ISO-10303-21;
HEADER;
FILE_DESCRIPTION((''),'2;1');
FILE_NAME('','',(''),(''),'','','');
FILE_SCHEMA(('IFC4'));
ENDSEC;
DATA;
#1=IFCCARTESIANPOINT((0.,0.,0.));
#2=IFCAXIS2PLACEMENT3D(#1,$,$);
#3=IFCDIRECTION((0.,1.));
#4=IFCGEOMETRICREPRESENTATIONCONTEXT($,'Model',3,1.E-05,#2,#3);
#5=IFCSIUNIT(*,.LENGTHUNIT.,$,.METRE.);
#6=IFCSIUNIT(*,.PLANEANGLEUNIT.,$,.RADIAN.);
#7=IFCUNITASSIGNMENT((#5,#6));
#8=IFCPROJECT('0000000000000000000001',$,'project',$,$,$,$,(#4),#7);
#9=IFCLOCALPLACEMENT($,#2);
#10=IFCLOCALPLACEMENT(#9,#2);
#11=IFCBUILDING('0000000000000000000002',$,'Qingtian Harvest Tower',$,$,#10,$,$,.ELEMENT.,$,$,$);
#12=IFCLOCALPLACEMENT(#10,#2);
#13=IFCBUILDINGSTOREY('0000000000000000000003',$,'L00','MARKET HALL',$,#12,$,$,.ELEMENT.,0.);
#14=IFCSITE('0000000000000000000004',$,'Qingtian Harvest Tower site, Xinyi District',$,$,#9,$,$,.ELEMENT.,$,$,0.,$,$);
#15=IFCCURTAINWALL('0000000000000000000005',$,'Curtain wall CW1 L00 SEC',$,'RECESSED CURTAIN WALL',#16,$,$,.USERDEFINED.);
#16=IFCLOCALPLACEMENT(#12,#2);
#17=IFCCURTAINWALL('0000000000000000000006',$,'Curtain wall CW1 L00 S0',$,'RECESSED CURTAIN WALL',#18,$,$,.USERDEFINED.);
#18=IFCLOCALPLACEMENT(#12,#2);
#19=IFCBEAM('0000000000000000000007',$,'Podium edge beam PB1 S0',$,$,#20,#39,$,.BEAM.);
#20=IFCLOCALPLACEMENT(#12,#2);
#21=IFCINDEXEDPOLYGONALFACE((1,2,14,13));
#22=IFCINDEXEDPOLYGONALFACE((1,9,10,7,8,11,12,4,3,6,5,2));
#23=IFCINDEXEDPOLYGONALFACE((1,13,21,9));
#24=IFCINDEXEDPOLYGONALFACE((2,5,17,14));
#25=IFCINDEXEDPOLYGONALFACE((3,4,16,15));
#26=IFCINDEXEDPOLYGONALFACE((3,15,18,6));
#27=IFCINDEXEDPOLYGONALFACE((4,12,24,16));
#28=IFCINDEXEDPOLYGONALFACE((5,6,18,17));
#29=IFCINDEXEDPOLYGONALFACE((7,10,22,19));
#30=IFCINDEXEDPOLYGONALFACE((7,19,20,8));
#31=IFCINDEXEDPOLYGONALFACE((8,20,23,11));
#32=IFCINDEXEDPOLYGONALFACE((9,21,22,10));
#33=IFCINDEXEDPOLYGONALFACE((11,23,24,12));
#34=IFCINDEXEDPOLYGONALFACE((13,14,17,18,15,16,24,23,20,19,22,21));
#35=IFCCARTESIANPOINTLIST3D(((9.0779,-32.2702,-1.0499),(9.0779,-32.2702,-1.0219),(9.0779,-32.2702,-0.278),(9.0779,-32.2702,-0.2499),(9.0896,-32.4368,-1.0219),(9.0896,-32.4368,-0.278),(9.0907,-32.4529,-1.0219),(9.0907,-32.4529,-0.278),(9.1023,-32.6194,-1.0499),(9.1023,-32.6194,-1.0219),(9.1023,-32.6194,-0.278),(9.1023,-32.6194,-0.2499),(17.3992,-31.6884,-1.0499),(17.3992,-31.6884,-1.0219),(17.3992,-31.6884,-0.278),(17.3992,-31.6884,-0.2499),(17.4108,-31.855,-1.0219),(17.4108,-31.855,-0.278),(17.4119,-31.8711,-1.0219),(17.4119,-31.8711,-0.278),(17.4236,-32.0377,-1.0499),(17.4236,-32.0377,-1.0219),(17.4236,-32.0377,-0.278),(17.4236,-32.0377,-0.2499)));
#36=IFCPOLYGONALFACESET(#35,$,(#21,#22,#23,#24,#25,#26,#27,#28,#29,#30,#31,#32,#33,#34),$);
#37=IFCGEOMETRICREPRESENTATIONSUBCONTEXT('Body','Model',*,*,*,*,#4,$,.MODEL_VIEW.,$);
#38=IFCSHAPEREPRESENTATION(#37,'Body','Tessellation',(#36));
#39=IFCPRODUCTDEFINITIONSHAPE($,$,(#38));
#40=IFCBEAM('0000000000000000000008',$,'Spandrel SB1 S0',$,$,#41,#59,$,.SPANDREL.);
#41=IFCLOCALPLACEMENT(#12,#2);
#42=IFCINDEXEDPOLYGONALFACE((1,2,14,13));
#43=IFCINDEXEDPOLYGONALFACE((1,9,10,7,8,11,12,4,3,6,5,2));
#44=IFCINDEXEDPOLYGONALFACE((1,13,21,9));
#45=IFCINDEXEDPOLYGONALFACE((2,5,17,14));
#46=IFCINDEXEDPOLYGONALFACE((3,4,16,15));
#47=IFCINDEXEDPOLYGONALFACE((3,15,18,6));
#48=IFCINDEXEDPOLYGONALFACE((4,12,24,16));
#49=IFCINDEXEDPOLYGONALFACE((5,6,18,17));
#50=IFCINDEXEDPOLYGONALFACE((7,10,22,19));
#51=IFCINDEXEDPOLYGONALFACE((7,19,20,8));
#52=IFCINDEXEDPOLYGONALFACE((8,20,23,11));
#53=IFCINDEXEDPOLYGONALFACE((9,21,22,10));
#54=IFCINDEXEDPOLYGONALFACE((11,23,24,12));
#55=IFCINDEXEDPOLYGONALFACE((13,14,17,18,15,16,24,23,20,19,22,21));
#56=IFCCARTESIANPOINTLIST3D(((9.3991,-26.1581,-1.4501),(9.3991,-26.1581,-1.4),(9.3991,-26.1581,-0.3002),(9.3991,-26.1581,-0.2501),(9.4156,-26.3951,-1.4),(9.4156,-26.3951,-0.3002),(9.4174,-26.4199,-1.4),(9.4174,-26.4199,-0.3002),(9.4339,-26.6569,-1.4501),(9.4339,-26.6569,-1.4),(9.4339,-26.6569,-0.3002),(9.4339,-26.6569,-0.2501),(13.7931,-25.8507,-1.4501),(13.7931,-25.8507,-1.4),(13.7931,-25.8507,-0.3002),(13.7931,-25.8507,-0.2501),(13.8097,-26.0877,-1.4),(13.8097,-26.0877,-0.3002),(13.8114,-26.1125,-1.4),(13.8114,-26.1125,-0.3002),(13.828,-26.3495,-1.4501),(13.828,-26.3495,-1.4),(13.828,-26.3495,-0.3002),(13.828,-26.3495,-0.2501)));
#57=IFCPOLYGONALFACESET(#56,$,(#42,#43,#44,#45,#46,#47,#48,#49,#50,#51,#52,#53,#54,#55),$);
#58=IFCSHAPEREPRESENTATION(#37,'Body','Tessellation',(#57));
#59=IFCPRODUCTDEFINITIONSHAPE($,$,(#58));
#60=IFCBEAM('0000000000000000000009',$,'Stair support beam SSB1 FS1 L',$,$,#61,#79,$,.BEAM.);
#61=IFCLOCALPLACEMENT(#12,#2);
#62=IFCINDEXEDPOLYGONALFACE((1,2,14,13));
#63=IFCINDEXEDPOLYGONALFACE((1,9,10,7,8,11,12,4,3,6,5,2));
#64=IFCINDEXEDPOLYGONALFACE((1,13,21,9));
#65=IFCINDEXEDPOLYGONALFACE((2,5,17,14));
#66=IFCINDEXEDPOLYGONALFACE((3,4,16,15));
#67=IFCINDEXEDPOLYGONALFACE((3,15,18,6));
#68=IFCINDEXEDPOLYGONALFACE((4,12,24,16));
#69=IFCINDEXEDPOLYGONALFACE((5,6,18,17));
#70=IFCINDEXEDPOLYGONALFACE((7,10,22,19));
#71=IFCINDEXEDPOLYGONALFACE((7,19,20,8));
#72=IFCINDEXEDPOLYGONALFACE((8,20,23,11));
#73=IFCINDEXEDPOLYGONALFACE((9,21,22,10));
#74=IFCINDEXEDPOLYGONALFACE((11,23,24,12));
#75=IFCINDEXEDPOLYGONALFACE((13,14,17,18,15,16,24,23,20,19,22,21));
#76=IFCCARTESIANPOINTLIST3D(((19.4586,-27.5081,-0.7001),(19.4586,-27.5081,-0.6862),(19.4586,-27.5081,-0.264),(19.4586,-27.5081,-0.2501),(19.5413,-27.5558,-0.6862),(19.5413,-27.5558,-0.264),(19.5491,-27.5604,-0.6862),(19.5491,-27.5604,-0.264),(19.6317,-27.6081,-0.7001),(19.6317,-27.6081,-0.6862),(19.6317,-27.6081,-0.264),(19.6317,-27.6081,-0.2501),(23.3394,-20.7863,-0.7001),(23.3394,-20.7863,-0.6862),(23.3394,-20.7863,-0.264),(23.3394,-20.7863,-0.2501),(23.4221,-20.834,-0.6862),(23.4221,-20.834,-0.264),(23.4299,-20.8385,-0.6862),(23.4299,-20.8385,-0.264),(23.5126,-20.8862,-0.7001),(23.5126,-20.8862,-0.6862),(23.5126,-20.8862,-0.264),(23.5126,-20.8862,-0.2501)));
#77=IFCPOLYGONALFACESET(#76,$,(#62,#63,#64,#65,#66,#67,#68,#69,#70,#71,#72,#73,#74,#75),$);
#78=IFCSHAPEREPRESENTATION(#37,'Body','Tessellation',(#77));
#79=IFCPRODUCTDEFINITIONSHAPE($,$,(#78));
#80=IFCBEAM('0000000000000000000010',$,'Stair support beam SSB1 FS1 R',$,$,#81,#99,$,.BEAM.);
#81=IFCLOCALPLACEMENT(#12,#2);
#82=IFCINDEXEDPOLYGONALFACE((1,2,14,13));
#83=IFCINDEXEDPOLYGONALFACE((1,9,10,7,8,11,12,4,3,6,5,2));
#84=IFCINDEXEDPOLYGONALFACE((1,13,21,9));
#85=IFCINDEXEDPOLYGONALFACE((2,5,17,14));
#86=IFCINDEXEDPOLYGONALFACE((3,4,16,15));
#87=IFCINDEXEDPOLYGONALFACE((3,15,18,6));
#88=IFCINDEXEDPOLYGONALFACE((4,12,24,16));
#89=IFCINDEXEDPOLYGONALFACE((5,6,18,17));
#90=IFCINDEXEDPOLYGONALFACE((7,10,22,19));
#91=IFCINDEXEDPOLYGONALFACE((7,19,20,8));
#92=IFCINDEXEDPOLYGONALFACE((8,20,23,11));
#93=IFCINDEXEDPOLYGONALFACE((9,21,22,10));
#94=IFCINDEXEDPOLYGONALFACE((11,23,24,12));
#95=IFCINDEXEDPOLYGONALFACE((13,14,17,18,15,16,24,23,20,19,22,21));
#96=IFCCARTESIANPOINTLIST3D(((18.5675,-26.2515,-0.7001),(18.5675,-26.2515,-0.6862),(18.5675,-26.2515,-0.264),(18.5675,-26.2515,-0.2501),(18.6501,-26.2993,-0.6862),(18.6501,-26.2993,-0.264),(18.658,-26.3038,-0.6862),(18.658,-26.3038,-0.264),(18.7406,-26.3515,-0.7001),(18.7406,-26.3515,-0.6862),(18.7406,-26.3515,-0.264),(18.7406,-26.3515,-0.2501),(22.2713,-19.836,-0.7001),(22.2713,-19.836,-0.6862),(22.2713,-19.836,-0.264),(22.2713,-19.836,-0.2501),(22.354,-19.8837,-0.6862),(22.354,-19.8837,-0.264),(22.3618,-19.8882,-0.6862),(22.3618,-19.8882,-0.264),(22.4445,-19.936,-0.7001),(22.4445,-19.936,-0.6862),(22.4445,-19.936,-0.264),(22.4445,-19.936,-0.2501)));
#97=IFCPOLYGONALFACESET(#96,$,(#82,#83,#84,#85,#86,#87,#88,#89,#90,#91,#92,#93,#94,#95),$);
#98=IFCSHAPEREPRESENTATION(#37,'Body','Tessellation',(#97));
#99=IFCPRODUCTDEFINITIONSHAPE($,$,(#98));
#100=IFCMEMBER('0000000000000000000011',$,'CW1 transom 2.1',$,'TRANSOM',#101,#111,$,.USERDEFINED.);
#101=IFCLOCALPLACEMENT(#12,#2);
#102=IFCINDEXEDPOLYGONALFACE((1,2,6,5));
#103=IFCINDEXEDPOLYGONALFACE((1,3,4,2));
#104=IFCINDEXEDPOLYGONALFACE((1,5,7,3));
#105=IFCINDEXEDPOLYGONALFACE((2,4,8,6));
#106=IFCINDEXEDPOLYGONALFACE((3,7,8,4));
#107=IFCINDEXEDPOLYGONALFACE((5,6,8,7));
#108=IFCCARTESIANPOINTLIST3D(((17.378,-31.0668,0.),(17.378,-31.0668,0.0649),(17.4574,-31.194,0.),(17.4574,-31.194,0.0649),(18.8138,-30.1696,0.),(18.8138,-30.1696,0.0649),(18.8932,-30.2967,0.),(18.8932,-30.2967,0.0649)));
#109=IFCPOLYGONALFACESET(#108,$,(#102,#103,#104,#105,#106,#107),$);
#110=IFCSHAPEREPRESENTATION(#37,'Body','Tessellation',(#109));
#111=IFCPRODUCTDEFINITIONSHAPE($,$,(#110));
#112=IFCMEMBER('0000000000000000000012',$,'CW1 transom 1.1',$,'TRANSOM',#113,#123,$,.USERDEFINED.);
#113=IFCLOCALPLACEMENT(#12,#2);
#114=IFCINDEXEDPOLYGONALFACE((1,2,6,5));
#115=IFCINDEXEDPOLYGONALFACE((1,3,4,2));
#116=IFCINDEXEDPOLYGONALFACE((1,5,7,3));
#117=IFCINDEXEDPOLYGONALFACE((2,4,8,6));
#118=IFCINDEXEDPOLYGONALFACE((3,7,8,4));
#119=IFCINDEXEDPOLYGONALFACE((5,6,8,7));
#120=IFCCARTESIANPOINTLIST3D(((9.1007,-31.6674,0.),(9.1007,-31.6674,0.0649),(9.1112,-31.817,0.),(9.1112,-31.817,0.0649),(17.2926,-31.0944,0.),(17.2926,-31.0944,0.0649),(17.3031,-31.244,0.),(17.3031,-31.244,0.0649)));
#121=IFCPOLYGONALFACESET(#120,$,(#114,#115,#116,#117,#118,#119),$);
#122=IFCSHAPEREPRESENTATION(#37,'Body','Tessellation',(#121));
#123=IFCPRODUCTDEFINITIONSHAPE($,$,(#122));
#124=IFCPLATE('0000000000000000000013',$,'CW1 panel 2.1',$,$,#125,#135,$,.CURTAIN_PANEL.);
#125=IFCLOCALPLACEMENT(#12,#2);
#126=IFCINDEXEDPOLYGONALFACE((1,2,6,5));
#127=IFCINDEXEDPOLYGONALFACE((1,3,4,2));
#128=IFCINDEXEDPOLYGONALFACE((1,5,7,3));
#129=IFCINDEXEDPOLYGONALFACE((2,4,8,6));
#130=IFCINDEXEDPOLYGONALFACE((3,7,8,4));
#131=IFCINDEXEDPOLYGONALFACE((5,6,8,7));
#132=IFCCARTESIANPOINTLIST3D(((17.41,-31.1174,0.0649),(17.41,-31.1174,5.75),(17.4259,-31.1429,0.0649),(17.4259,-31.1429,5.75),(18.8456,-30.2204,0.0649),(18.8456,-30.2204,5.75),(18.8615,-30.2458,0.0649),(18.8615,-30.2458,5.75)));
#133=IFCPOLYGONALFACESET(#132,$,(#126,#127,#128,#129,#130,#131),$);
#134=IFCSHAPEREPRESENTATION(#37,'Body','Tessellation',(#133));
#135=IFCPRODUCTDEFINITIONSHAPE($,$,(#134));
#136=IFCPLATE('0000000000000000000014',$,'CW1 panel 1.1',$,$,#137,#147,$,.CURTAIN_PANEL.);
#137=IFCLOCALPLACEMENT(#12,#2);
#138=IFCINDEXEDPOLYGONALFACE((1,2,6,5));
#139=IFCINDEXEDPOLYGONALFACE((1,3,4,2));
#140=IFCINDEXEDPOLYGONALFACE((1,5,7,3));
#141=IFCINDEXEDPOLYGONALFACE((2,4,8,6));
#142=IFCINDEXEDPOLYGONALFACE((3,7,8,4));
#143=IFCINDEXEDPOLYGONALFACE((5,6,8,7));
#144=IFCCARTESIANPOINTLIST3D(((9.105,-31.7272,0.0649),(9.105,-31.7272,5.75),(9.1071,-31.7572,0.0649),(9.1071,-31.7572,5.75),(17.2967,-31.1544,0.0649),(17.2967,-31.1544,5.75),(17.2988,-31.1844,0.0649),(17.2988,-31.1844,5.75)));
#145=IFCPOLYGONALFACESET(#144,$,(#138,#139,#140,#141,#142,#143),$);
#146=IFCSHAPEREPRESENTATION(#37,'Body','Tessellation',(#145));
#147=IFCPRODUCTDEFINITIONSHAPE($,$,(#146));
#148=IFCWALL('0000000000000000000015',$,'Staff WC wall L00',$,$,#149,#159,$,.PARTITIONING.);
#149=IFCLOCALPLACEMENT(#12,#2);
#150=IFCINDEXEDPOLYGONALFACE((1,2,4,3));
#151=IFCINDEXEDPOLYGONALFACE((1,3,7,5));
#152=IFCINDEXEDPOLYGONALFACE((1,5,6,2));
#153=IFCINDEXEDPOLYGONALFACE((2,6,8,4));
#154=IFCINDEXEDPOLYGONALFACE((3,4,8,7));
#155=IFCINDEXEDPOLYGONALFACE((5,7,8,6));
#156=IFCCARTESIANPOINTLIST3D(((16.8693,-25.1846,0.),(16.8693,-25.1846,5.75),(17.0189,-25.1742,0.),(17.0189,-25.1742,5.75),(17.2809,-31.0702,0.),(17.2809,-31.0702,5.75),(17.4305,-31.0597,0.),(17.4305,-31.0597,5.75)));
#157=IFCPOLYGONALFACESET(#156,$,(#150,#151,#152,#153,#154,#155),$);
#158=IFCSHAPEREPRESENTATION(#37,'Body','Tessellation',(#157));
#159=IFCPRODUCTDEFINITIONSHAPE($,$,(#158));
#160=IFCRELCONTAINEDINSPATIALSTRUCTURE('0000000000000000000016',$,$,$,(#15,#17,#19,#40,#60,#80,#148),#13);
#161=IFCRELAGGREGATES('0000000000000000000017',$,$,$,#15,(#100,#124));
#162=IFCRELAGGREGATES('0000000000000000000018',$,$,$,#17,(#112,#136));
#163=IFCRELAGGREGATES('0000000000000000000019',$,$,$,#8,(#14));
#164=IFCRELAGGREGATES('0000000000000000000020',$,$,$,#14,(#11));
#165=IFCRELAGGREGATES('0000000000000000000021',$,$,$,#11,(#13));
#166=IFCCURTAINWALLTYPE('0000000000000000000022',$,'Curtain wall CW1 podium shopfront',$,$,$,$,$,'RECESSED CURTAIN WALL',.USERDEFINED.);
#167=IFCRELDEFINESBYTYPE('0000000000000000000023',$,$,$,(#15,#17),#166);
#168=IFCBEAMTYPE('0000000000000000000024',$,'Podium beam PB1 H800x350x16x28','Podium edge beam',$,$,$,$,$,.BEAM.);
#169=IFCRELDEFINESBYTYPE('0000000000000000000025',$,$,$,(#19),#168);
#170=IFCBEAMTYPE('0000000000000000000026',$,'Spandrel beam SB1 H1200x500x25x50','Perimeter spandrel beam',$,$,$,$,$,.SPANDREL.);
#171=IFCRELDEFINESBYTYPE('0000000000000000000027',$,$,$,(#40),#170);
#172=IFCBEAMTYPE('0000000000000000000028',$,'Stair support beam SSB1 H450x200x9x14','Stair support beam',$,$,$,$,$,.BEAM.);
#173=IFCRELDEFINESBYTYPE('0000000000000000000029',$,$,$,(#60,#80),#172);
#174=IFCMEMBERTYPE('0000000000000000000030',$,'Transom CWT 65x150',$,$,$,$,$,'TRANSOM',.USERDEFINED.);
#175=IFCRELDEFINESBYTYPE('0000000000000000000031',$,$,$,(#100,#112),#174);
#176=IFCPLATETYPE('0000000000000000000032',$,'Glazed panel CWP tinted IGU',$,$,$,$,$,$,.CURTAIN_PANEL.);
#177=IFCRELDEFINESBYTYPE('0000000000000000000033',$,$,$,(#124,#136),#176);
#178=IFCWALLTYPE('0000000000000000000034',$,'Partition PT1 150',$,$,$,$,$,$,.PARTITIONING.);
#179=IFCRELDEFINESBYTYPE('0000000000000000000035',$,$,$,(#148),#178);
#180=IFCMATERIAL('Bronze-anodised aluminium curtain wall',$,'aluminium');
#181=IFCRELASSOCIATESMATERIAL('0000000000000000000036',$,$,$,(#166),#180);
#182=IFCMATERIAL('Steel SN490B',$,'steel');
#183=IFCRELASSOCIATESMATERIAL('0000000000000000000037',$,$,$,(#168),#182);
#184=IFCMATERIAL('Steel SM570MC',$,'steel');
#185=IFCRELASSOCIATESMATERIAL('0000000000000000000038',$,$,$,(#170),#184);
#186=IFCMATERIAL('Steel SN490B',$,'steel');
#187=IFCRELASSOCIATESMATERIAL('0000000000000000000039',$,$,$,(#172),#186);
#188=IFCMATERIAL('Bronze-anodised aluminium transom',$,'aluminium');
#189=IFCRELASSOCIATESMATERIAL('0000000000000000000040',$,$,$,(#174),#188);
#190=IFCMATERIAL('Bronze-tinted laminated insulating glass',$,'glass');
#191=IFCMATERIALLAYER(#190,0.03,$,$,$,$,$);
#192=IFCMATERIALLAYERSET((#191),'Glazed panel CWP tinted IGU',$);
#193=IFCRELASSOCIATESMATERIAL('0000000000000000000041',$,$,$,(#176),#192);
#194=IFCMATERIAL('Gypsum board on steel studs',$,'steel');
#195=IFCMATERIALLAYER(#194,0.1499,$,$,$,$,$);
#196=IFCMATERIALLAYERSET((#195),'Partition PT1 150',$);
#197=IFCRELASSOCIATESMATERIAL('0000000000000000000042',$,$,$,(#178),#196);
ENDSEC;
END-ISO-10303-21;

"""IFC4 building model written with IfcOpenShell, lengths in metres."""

from ifc_helpers import new_model, si_unit, direction, frame, frame_2d, origin, origin_2d, place, context, subcontext, project, spatial, rectangle, i_section, extrude, material, layer, layer_set, material_profile, profile_set, type_object, element, aggregate, save


model = new_model("IFC4")

# Units and contexts
model_context = context("Model", 3, precision=1e-05, world=origin(), true_north=direction((0.0, 1.0)))
body_context = subcontext(model_context, "Body", "Model", "MODEL_VIEW")
ifc_project = project(units=[si_unit("LENGTHUNIT", "METRE"), si_unit("PLANEANGLEUNIT", "RADIAN")], contexts=[model_context])

# Site, building, storey
site_placement = place(None, origin())
site = spatial("IfcSite", under=ifc_project, at=site_placement, Name="Qingtian Harvest Tower site, Xinyi District", CompositionType="ELEMENT", RefElevation=0.0)
building_placement = place(site_placement, origin())
building = spatial("IfcBuilding", under=site, at=building_placement, Name="Qingtian Harvest Tower", CompositionType="ELEMENT")
storey_placement = place(building_placement, origin())
storey = spatial("IfcBuildingStorey", under=building, at=storey_placement, Name="L00", Description="MARKET HALL", CompositionType="ELEMENT", Elevation=0.0)

# Curtain wall
ifc_material_1 = material(Name="Bronze-anodised aluminium curtain wall", Category="aluminium")
curtain_wall_type = type_object("IfcCurtainWallType", Name="Curtain wall CW1 podium shopfront", ElementType="RECESSED CURTAIN WALL", PredefinedType="USERDEFINED", material=ifc_material_1)
curtain_wall_1_placement = place(storey_placement, origin())
curtain_wall_1 = element("IfcCurtainWall", 1, at=curtain_wall_1_placement, inside=storey, type_object=curtain_wall_type, Name="Curtain wall CW1 L00 SEC", ObjectType="RECESSED CURTAIN WALL", PredefinedType="USERDEFINED")

# Curtain wall
curtain_wall_2_placement = place(storey_placement, origin())
curtain_wall_2 = element("IfcCurtainWall", 2, at=curtain_wall_2_placement, inside=storey, type_object=curtain_wall_type, Name="Curtain wall CW1 L00 S0", ObjectType="RECESSED CURTAIN WALL", PredefinedType="USERDEFINED")

# Beams
ifc_material_2 = material(Name="Steel SN490B", Category="steel")
ifc_material_profile_1 = material_profile(ifc_material_2, i_section(OverallWidth=0.3501, OverallDepth=0.8, WebThickness=0.0161, FlangeThickness=0.0281, at=origin_2d()), Name="H800x350x16x28")
ifc_profile_set_1 = profile_set([ifc_material_profile_1], Name="Steel SN490B")
beam_type_1 = type_object("IfcBeamType", Name="Podium beam PB1 H800x350x16x28", Description="Podium edge beam", PredefinedType="BEAM", material=ifc_profile_set_1)
beam_1_placement = place(storey_placement, frame((17.4114, -31.863, -0.6499), z_axis=(-0.997565, -0.069745, 0.0), x_axis=(0.069745, -0.997565, 0.0)))
element("IfcBeam", 3, at=beam_1_placement, inside=storey, type_object=beam_type_1, Name="Podium edge beam PB1 S0", PredefinedType="BEAM", context=body_context, shape_type="SweptSolid", body=[
    extrude(i_section(OverallWidth=0.3501, OverallDepth=0.8, WebThickness=0.0161, FlangeThickness=0.0281, at=origin_2d()), origin(), (0.0, 0.0, 1.0), 8.3416),
])
ifc_material_3 = material(Name="Steel SM570MC", Category="steel")
ifc_material_profile_2 = material_profile(ifc_material_3, i_section(OverallWidth=0.5, OverallDepth=1.2, WebThickness=0.0249, FlangeThickness=0.05, at=origin_2d()), Name="H1200x500x25x50")
ifc_profile_set_2 = profile_set([ifc_material_profile_2], Name="Steel SM570MC")
beam_type_2 = type_object("IfcBeamType", Name="Spandrel beam SB1 H1200x500x25x50", Description="Perimeter spandrel beam", PredefinedType="SPANDREL", material=ifc_profile_set_2)
beam_2_placement = place(storey_placement, frame((13.8105, -26.1001, -0.8501), z_axis=(-0.997562, -0.069782, 0.0), x_axis=(0.069782, -0.997562, 0.0)))
element("IfcBeam", 4, at=beam_2_placement, inside=storey, type_object=beam_type_2, Name="Spandrel SB1 S0", PredefinedType="SPANDREL", context=body_context, shape_type="SweptSolid", body=[
    extrude(i_section(OverallWidth=0.5, OverallDepth=1.2, WebThickness=0.0249, FlangeThickness=0.05, at=origin_2d()), origin(), (0.0, 0.0, 1.0), 4.4048),
])
ifc_material_4 = material(Name="Steel SN490B", Category="steel")
ifc_material_profile_3 = material_profile(ifc_material_4, i_section(OverallWidth=0.2, OverallDepth=0.45, WebThickness=0.009, FlangeThickness=0.0139, at=origin_2d()), Name="H450x200x9x14")
ifc_profile_set_3 = profile_set([ifc_material_profile_3], Name="Steel SN490B")
beam_type_3 = type_object("IfcBeamType", Name="Stair support beam SSB1 H450x200x9x14", Description="Stair support beam", PredefinedType="BEAM", material=ifc_profile_set_3)
beam_3_placement = place(storey_placement, frame((19.5452, -27.5581, -0.4751), z_axis=(0.499996, 0.866028, 0.0), x_axis=(-0.866028, 0.499996, 0.0)))
element("IfcBeam", 5, at=beam_3_placement, inside=storey, type_object=beam_type_3, Name="Stair support beam SSB1 FS1 L", PredefinedType="BEAM", context=body_context, shape_type="SweptSolid", body=[
    extrude(i_section(OverallWidth=0.2, OverallDepth=0.45, WebThickness=0.009, FlangeThickness=0.0139, at=origin_2d()), origin(), (0.0, 0.0, 1.0), 7.7617),
])
beam_4_placement = place(storey_placement, frame((18.6541, -26.3015, -0.4751), z_axis=(0.499985, 0.866034, 0.0), x_axis=(-0.866034, 0.499985, 0.0)))
element("IfcBeam", 6, at=beam_4_placement, inside=storey, type_object=beam_type_3, Name="Stair support beam SSB1 FS1 R", PredefinedType="BEAM", context=body_context, shape_type="SweptSolid", body=[
    extrude(i_section(OverallWidth=0.2, OverallDepth=0.45, WebThickness=0.009, FlangeThickness=0.0139, at=origin_2d()), origin(), (0.0, 0.0, 1.0), 7.408),
])

# Members
ifc_material_5 = material(Name="Bronze-anodised aluminium transom", Category="aluminium")
ifc_material_profile_4 = material_profile(ifc_material_5, rectangle(XDim=0.1499, YDim=0.0649, at=origin_2d()), Name="AL 65x150")
ifc_profile_set_4 = profile_set([ifc_material_profile_4], Name="Bronze-anodised aluminium transom")
member_type_1 = type_object("IfcMemberType", Name="Transom CWT 65x150", ElementType="TRANSOM", PredefinedType="USERDEFINED", material=ifc_profile_set_4)
member_1_placement = place(storey_placement, frame((18.8535, -30.2332, 0.0325), z_axis=(-0.848039, -0.529934, 0.0), x_axis=(0.529934, -0.848039, 0.0)))
member_1 = element("IfcMember", 7, at=member_1_placement, type_object=member_type_1, Name="CW1 transom 2.1", ObjectType="TRANSOM", PredefinedType="USERDEFINED", context=body_context, shape_type="SweptSolid", body=[
    extrude(rectangle(XDim=0.1499, YDim=0.0649, at=origin_2d()), origin(), (0.0, 0.0, 1.0), 1.6931),
])
member_2_placement = place(storey_placement, frame((17.2979, -31.1692, 0.0325), z_axis=(-0.997563, -0.069776, 0.0), x_axis=(0.069776, -0.997563, 0.0)))
member_2 = element("IfcMember", 8, at=member_2_placement, type_object=member_type_1, Name="CW1 transom 1.1", ObjectType="TRANSOM", PredefinedType="USERDEFINED", context=body_context, shape_type="SweptSolid", body=[
    extrude(rectangle(XDim=0.1499, YDim=0.0649, at=origin_2d()), origin(), (0.0, 0.0, 1.0), 8.2119),
])

# Plates
ifc_material_6 = material(Name="Bronze-tinted laminated insulating glass", Category="glass")
ifc_layer_1 = layer(ifc_material_6, 0.03)
ifc_layer_set_1 = layer_set([ifc_layer_1], Name="Glazed panel CWP tinted IGU")
plate_type = type_object("IfcPlateType", Name="Glazed panel CWP tinted IGU", PredefinedType="CURTAIN_PANEL", material=ifc_layer_set_1)
plate_1_placement = place(storey_placement, frame((18.1357, -30.6816, 0.0649), z_axis=(0.0, 0.0, 1.0), x_axis=(-0.848048, -0.529919, 0.0)))
plate_1 = element("IfcPlate", 9, at=plate_1_placement, type_object=plate_type, Name="CW1 panel 2.1", PredefinedType="CURTAIN_PANEL", context=body_context, shape_type="SweptSolid", body=[
    extrude(rectangle(XDim=1.6929, YDim=0.03, at=origin_2d()), origin(), (0.0, 0.0, 1.0), 5.6851),
])
aggregate(curtain_wall_1, [member_1, plate_1])
plate_2_placement = place(storey_placement, frame((13.2019, -31.4558, 0.0649), z_axis=(0.0, 0.0, 1.0), x_axis=(-0.997564, -0.069756, 0.0)))
plate_2 = element("IfcPlate", 10, at=plate_2_placement, type_object=plate_type, Name="CW1 panel 1.1", PredefinedType="CURTAIN_PANEL", context=body_context, shape_type="SweptSolid", body=[
    extrude(rectangle(XDim=8.2117, YDim=0.03, at=origin_2d()), origin(), (0.0, 0.0, 1.0), 5.6851),
])
aggregate(curtain_wall_2, [member_2, plate_2])

# Wall
ifc_material_7 = material(Name="Gypsum board on steel studs", Category="steel")
ifc_layer_2 = layer(ifc_material_7, 0.1499)
ifc_layer_set_2 = layer_set([ifc_layer_2], Name="Partition PT1 150")
wall_type = type_object("IfcWallType", Name="Partition PT1 150", PredefinedType="PARTITIONING", material=ifc_layer_set_2)
wall_1_placement = place(storey_placement, frame((17.3557, -31.0649, 0.0), z_axis=(0.0, 0.0, 1.0), x_axis=(-0.069768, 0.997563, 0.0)))
element("IfcWall", 11, at=wall_1_placement, inside=storey, type_object=wall_type, Name="Staff WC wall L00", PredefinedType="PARTITIONING", context=body_context, shape_type="SweptSolid", body=[
    extrude(rectangle(XDim=5.8999, YDim=0.1499, at=frame_2d((2.95, 0.0))), origin(), (0.0, 0.0, 1.0), 5.75),
])

save(model, "model.ifc")
